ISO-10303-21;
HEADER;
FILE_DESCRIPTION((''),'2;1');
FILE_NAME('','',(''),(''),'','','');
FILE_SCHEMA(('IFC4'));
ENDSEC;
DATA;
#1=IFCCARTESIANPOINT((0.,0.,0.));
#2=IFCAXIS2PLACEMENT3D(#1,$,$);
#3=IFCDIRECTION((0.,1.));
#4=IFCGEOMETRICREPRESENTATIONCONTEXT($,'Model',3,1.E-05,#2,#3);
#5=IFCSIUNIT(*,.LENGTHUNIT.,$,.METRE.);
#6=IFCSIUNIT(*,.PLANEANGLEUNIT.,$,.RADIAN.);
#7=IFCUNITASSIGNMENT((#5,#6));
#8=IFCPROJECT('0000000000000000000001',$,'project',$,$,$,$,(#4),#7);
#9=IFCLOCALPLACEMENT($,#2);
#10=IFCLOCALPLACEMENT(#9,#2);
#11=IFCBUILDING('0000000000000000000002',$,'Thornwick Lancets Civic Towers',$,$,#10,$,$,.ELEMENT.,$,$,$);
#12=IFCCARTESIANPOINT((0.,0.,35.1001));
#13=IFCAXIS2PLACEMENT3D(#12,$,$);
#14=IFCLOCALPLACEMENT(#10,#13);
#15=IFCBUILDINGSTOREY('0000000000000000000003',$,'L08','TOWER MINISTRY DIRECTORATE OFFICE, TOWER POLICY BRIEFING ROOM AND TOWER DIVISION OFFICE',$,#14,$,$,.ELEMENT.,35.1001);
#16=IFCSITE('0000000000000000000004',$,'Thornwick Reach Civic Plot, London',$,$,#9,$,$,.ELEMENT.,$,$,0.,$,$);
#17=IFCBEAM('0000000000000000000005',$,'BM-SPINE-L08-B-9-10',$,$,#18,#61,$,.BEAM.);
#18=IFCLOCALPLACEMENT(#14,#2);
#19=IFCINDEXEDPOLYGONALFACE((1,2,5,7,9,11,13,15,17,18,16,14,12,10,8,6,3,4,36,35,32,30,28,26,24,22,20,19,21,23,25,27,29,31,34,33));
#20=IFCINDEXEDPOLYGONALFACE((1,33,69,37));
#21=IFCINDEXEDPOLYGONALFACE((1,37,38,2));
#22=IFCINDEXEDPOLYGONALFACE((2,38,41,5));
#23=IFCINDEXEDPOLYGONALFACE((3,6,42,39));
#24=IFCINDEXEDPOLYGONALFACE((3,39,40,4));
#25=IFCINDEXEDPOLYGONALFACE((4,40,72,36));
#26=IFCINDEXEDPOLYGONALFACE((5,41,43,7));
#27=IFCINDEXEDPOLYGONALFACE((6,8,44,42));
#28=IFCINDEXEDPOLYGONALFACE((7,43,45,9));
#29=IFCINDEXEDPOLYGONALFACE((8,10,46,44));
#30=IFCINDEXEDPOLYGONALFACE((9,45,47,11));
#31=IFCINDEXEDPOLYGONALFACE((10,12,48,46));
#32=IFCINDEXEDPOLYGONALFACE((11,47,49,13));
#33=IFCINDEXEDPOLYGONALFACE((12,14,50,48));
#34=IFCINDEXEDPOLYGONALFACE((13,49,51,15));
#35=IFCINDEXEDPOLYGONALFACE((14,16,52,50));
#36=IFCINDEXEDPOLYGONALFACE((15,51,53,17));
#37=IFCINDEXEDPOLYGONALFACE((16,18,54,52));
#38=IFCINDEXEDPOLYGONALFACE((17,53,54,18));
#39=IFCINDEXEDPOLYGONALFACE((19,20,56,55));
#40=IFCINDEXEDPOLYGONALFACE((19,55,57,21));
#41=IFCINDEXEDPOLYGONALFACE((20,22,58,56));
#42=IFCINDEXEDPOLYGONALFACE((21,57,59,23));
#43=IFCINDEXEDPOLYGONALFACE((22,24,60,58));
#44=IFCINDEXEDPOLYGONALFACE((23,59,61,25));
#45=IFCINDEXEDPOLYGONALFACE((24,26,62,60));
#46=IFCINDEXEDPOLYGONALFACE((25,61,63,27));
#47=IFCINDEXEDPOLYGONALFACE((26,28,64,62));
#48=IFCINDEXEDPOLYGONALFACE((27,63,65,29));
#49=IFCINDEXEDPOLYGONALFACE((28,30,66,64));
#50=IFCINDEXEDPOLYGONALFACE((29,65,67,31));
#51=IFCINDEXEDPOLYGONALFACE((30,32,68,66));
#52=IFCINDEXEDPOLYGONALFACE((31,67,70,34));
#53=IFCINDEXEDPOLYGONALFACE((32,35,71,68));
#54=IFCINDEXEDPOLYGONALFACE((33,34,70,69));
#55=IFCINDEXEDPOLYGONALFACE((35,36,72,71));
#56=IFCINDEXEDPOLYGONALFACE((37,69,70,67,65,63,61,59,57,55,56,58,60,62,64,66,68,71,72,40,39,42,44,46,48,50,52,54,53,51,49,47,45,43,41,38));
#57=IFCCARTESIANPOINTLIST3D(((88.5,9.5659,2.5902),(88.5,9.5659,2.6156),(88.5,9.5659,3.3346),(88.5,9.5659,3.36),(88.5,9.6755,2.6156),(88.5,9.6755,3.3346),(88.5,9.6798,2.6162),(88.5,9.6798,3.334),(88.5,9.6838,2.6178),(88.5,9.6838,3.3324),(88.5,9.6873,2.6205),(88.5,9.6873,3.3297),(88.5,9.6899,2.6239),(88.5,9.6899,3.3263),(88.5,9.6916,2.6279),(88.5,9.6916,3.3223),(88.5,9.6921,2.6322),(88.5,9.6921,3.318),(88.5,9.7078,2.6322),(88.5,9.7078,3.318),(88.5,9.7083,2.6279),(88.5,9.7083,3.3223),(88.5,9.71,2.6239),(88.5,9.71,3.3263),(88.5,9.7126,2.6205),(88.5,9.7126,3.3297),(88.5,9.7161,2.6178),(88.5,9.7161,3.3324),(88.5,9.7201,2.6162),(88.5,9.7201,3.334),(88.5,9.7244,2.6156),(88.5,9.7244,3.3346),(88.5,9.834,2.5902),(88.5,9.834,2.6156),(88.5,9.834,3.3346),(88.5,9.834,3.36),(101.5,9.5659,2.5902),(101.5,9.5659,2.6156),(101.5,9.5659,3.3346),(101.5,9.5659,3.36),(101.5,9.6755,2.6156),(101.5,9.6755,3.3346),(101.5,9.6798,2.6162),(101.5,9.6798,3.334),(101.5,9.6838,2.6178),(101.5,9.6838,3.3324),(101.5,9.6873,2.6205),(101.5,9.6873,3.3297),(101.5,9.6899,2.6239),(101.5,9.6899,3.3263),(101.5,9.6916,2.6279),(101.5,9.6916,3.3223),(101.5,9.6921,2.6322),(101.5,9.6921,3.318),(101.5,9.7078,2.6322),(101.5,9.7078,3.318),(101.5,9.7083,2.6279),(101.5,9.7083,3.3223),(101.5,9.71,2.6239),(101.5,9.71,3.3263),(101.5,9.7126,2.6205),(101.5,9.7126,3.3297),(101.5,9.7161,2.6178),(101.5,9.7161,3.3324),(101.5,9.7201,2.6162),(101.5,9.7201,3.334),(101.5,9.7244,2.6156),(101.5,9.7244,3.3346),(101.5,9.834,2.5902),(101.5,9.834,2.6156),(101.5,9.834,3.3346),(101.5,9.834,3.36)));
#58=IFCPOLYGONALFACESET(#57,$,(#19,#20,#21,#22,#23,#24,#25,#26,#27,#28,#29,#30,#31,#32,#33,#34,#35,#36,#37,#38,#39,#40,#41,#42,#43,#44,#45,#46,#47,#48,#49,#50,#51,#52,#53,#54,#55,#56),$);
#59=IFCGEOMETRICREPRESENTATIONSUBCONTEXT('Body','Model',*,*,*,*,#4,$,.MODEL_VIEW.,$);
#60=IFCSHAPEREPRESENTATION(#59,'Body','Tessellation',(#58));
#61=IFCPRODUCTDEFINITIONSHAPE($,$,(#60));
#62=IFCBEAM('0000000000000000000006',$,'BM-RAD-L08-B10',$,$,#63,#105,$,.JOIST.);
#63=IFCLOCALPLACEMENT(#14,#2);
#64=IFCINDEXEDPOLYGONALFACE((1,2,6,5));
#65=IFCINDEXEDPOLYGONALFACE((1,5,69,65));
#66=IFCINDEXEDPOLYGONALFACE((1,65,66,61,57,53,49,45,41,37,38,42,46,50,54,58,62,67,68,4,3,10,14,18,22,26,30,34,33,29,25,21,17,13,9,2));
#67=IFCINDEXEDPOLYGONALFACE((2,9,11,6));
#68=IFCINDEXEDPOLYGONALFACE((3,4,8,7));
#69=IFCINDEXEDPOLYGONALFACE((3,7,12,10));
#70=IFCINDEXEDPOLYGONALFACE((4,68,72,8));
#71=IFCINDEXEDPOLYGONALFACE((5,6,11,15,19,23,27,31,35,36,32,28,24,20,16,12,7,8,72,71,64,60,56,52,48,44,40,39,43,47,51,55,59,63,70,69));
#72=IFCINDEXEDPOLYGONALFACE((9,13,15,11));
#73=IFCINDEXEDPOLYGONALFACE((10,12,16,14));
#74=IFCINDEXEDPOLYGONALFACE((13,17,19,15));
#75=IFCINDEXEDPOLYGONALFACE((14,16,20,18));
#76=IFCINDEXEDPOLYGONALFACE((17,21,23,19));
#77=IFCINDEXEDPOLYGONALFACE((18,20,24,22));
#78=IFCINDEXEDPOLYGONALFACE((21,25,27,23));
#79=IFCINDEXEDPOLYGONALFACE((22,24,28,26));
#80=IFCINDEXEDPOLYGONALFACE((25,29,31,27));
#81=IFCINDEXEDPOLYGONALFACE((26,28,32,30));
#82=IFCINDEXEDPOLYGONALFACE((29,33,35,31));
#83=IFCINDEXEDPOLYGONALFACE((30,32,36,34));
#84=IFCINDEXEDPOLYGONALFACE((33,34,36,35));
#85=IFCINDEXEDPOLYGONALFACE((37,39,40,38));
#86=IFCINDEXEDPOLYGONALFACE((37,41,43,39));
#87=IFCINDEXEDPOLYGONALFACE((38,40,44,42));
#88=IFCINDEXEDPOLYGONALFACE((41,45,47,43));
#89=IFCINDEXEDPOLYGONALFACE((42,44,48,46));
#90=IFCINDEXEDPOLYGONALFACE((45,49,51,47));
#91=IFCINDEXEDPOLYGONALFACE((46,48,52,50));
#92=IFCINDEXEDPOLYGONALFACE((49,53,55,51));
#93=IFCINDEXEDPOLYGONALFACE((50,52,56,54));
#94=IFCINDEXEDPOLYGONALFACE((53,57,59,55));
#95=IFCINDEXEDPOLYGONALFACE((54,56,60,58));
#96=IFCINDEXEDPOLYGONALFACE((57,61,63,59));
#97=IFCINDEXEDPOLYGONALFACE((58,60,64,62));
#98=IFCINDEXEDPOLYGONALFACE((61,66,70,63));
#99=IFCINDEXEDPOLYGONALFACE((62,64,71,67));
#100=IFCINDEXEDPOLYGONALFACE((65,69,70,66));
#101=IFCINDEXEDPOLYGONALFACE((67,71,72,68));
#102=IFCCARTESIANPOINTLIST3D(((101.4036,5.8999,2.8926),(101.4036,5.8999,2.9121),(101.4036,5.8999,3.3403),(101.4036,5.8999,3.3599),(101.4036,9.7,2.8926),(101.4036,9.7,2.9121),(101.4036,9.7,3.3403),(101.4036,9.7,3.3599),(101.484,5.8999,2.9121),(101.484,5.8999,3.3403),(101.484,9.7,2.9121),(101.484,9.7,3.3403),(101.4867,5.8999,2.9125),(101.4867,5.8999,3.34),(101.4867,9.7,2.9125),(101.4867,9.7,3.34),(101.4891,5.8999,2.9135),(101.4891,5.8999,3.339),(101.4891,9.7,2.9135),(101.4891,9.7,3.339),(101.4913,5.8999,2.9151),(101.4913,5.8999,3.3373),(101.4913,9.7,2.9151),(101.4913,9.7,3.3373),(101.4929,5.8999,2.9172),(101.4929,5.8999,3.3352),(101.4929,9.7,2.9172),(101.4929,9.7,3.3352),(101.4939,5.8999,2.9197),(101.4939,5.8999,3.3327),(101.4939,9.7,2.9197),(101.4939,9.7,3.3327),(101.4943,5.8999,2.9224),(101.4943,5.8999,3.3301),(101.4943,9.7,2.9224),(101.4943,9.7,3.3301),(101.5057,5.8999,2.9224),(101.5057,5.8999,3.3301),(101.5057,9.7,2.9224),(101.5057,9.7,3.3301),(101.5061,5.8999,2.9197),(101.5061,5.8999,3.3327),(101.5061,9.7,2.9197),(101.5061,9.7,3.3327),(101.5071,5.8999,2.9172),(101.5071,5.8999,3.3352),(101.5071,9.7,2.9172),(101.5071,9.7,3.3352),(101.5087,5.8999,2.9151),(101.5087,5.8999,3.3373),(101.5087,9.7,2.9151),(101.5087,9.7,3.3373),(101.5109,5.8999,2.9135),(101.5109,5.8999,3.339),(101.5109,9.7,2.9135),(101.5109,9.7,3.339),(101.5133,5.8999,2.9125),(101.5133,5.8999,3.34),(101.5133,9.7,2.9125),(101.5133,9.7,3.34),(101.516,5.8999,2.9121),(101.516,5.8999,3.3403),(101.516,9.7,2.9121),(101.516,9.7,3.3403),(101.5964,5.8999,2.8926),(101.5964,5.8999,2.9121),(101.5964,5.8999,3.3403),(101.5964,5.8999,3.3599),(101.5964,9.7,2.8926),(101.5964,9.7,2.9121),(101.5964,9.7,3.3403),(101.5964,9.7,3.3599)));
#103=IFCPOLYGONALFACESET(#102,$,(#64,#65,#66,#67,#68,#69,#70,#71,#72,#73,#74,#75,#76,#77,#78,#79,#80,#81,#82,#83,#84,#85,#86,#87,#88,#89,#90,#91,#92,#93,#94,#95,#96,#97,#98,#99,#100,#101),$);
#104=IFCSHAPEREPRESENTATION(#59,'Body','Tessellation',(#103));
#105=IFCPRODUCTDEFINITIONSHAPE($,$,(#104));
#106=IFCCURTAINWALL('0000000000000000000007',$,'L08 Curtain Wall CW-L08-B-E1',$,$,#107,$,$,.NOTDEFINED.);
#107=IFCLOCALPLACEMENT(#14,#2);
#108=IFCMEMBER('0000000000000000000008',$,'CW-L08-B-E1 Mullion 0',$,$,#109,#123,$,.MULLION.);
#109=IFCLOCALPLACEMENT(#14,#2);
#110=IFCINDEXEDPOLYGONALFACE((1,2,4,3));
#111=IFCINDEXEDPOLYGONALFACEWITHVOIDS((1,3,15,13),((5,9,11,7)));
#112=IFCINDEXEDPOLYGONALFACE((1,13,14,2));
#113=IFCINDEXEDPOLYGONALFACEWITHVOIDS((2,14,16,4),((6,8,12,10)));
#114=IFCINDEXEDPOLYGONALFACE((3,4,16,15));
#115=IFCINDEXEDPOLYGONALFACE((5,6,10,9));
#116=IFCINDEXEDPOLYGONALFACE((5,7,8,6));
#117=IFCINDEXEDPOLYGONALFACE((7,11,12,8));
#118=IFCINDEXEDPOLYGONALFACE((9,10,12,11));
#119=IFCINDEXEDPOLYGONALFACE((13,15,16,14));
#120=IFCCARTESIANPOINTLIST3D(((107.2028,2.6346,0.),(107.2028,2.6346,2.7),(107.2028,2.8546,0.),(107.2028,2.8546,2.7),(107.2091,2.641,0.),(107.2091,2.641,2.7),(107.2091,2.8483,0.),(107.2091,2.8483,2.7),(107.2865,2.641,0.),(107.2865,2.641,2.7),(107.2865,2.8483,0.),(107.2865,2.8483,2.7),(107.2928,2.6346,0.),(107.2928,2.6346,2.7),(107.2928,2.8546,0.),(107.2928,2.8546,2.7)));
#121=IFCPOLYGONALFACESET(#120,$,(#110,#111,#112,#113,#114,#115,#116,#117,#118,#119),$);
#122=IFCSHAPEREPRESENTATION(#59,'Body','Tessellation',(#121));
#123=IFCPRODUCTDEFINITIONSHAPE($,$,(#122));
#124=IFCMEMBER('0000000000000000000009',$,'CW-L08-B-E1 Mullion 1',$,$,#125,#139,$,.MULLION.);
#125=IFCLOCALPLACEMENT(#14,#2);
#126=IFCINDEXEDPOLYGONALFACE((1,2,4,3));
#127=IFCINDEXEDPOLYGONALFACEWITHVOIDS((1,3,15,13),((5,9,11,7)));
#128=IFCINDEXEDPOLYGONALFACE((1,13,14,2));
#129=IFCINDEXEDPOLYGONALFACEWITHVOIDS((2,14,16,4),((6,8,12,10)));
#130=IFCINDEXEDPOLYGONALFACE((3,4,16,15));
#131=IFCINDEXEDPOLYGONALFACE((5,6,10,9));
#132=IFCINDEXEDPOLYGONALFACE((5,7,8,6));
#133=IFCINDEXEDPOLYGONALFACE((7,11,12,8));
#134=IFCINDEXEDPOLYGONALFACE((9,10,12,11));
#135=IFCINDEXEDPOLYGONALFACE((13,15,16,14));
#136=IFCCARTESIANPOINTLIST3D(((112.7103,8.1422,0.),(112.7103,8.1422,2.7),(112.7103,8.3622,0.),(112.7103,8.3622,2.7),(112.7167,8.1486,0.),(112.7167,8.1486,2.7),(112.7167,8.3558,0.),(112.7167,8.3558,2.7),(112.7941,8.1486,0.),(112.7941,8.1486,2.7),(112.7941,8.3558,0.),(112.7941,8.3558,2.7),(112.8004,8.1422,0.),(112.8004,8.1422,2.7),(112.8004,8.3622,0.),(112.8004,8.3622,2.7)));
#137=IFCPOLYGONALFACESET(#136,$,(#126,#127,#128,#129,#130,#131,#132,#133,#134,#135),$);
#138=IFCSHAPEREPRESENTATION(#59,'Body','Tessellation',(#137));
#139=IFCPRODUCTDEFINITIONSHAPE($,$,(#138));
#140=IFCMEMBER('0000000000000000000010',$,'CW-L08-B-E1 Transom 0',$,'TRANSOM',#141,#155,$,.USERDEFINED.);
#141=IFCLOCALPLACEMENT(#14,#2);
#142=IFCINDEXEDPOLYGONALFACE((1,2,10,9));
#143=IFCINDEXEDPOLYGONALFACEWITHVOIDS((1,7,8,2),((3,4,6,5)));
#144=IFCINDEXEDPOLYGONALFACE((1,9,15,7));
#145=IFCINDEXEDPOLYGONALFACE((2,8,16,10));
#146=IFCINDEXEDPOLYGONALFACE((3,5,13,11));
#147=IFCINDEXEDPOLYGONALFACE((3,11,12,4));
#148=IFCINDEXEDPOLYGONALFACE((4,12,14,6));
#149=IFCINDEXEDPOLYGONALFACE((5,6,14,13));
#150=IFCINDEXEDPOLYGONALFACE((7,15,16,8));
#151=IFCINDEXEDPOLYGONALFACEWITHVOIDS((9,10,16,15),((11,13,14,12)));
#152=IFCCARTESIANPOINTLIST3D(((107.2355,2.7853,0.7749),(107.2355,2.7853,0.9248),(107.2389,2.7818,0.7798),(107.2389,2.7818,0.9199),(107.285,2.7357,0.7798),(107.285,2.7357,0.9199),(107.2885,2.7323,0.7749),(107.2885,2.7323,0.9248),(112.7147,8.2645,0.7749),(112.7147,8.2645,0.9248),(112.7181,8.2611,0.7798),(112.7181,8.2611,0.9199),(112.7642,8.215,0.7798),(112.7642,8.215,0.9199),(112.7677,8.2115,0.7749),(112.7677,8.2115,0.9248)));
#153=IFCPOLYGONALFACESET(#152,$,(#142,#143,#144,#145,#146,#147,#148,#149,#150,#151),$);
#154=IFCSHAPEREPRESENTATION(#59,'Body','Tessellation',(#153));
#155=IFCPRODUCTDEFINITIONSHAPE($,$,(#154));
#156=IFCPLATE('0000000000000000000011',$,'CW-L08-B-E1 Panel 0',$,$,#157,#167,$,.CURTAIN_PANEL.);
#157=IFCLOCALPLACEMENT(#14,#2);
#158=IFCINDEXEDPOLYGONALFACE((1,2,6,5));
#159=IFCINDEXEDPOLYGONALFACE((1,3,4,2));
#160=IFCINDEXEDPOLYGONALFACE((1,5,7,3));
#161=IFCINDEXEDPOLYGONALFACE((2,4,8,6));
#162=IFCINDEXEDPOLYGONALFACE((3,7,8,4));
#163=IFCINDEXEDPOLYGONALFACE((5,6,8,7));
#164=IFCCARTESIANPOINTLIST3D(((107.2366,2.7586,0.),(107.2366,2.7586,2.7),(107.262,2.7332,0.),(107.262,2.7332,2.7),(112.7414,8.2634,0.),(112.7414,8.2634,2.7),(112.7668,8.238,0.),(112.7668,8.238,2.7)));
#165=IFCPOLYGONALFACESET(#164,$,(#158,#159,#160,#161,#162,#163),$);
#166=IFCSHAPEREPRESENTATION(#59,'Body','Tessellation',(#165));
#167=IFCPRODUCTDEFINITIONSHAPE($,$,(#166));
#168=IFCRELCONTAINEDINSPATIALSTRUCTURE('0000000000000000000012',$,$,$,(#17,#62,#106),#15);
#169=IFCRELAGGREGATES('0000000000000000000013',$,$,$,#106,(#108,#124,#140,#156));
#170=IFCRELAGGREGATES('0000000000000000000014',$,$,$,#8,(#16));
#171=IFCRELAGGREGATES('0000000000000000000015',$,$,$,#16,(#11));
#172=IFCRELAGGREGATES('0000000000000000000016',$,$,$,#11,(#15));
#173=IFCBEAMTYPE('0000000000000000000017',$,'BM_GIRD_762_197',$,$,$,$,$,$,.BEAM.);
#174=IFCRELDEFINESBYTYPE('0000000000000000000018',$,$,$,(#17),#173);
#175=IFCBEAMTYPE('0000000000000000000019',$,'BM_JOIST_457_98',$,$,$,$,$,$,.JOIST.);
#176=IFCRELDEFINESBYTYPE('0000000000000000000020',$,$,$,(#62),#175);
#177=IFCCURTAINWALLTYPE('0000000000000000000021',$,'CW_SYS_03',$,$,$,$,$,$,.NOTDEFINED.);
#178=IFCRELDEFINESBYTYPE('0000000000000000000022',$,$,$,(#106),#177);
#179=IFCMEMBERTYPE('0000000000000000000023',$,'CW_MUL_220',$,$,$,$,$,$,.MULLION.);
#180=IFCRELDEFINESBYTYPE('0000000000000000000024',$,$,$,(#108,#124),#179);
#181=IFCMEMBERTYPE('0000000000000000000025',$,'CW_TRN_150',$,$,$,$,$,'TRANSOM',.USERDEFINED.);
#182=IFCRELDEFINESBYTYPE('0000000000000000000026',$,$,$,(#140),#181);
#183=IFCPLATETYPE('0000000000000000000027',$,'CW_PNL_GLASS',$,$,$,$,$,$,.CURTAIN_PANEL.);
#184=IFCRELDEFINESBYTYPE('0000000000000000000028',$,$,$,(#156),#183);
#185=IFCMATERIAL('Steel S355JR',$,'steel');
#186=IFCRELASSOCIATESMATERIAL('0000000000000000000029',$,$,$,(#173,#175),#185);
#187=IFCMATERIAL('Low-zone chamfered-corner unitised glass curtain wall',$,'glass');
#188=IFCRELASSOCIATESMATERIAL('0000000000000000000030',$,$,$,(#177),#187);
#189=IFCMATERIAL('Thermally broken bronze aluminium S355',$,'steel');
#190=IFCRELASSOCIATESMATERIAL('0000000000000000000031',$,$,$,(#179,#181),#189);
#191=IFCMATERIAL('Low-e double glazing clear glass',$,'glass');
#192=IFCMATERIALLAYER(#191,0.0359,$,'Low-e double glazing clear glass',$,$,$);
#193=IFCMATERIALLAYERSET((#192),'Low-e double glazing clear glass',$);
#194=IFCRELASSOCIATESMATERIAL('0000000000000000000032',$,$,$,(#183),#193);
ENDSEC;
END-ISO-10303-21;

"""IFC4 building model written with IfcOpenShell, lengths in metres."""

from ifc_helpers import new_model, si_unit, direction, frame, origin, origin_2d, place, context, subcontext, project, spatial, rectangle, hollow_rectangle, i_section, extrude, material, layer, layer_set, material_profile, profile_set, type_object, element, aggregate, save


model = new_model("IFC4")

# Units and contexts
model_context = context("Model", 3, precision=1e-05, world=origin(), true_north=direction((0.0, 1.0)))
body_context = subcontext(model_context, "Body", "Model", "MODEL_VIEW")
ifc_project = project(units=[si_unit("LENGTHUNIT", "METRE"), si_unit("PLANEANGLEUNIT", "RADIAN")], contexts=[model_context])

# Site, building, storey
site_placement = place(None, origin())
site = spatial("IfcSite", under=ifc_project, at=site_placement, Name="Thornwick Reach Civic Plot, London", CompositionType="ELEMENT", RefElevation=0.0)
building_placement = place(site_placement, origin())
building = spatial("IfcBuilding", under=site, at=building_placement, Name="Thornwick Lancets Civic Towers", CompositionType="ELEMENT")
storey_placement = place(building_placement, frame((0.0, 0.0, 35.1001)))
storey = spatial("IfcBuildingStorey", under=building, at=storey_placement, Name="L08", Description="TOWER MINISTRY DIRECTORATE OFFICE, TOWER POLICY BRIEFING ROOM AND TOWER DIVISION OFFICE", CompositionType="ELEMENT", Elevation=35.1001)

# Beams
ifc_material_1 = material(Name="Steel S355JR", Category="steel")
ifc_material_profile_1 = material_profile(ifc_material_1, i_section(OverallWidth=0.2681, OverallDepth=0.7698, WebThickness=0.0156, FlangeThickness=0.0254, FilletRadius=0.0166, at=origin_2d()), Name="UKB 762x267x197")
ifc_profile_set_1 = profile_set([ifc_material_profile_1], Name="Steel S355JR")
beam_type_1 = type_object("IfcBeamType", Name="BM_GIRD_762_197", PredefinedType="BEAM", material=ifc_profile_set_1)
for number, where, z_axis, x_axis, name in (
    (1, (101.5, 9.7, 2.9751), (-1.0, 0.0, 0.0), (0.0, -1.0, 0.0), "BM-SPINE-L08-B-9-10"),
):
    element("IfcBeam", number, at=place(storey_placement, frame(where, z_axis=z_axis, x_axis=x_axis)), inside=storey, type_object=beam_type_1, Name=name, PredefinedType="BEAM", context=body_context, shape_type="SweptSolid", body=[
        extrude(i_section(OverallWidth=0.2681, OverallDepth=0.7698, WebThickness=0.0156, FlangeThickness=0.0254, FilletRadius=0.0166, at=origin_2d()), origin(), (0.0, 0.0, 1.0), 13.0),
    ])
ifc_material_profile_2 = material_profile(ifc_material_1, i_section(OverallWidth=0.1929, OverallDepth=0.4673, WebThickness=0.0115, FlangeThickness=0.0195, FilletRadius=0.0103, at=origin_2d()), Name="UKB 457x191x98")
ifc_profile_set_2 = profile_set([ifc_material_profile_2], Name="Steel S355JR")
beam_type_2 = type_object("IfcBeamType", Name="BM_JOIST_457_98", PredefinedType="JOIST", material=ifc_profile_set_2)
beam_1_placement = place(storey_placement, frame((101.5, 9.7, 3.1262), z_axis=(0.0, -1.0, 0.0), x_axis=(1.0, 0.0, 0.0)))
element("IfcBeam", 2, at=beam_1_placement, inside=storey, type_object=beam_type_2, Name="BM-RAD-L08-B10", PredefinedType="JOIST", context=body_context, shape_type="SweptSolid", body=[
    extrude(i_section(OverallWidth=0.1929, OverallDepth=0.4673, WebThickness=0.0115, FlangeThickness=0.0195, FilletRadius=0.0103, at=origin_2d()), origin(), (0.0, 0.0, 1.0), 3.8),
])

# Curtain wall, members, plate
ifc_material_2 = material(Name="Low-zone chamfered-corner unitised glass curtain wall", Category="glass")
curtain_wall_type = type_object("IfcCurtainWallType", Name="CW_SYS_03", PredefinedType="NOTDEFINED", material=ifc_material_2)
curtain_wall_placement = place(storey_placement, origin())
curtain_wall = element("IfcCurtainWall", 3, at=curtain_wall_placement, inside=storey, type_object=curtain_wall_type, Name="L08 Curtain Wall CW-L08-B-E1", PredefinedType="NOTDEFINED")
ifc_material_3 = material(Name="Thermally broken bronze aluminium S355", Category="steel")
ifc_material_profile_3 = material_profile(ifc_material_3, hollow_rectangle(XDim=0.0901, YDim=0.22, WallThickness=0.0063, at=origin_2d()), Name="RHS 220x90x6.3")
ifc_profile_set_3 = profile_set([ifc_material_profile_3], Name="Thermally broken bronze aluminium S355")
member_type_1 = type_object("IfcMemberType", Name="CW_MUL_220", PredefinedType="MULLION", material=ifc_profile_set_3)
member_1_placement = place(storey_placement, frame((107.2478, 2.7446, 0.0), z_axis=(0.0, 0.0, 1.0), x_axis=(1.0, 0.0, 0.0)))
member_1 = element("IfcMember", 4, at=member_1_placement, type_object=member_type_1, Name="CW-L08-B-E1 Mullion 0", PredefinedType="MULLION", context=body_context, shape_type="SweptSolid", body=[
    extrude(hollow_rectangle(XDim=0.0901, YDim=0.22, WallThickness=0.0063, at=origin_2d()), origin(), (0.0, 0.0, 1.0), 2.7),
])
member_2_placement = place(storey_placement, frame((112.7554, 8.2522, 0.0), z_axis=(0.0, 0.0, 1.0), x_axis=(1.0, 0.0, 0.0)))
member_2 = element("IfcMember", 5, at=member_2_placement, type_object=member_type_1, Name="CW-L08-B-E1 Mullion 1", PredefinedType="MULLION", context=body_context, shape_type="SweptSolid", body=[
    extrude(hollow_rectangle(XDim=0.0901, YDim=0.22, WallThickness=0.0063, at=origin_2d()), origin(), (0.0, 0.0, 1.0), 2.7),
])
ifc_material_profile_4 = material_profile(ifc_material_3, hollow_rectangle(XDim=0.075, YDim=0.1499, WallThickness=0.0049, at=origin_2d()), Name="RHS 150x75x5")
ifc_profile_set_4 = profile_set([ifc_material_profile_4], Name="Thermally broken bronze aluminium S355")
member_type_2 = type_object("IfcMemberType", Name="CW_TRN_150", ElementType="TRANSOM", PredefinedType="USERDEFINED", material=ifc_profile_set_4)
member_3_placement = place(storey_placement, frame((107.262, 2.7588, 0.8499), z_axis=(0.707107, 0.707107, 0.0), x_axis=(-0.707107, 0.707107, 0.0)))
member_3 = element("IfcMember", 6, at=member_3_placement, type_object=member_type_2, Name="CW-L08-B-E1 Transom 0", ObjectType="TRANSOM", PredefinedType="USERDEFINED", context=body_context, shape_type="SweptSolid", body=[
    extrude(hollow_rectangle(XDim=0.075, YDim=0.1499, WallThickness=0.0049, at=origin_2d()), origin(), (0.0, 0.0, 1.0), 7.7488),
])
ifc_material_4 = material(Name="Low-e double glazing clear glass", Category="glass")
ifc_layer_1 = layer(ifc_material_4, 0.0359, Name="Low-e double glazing clear glass")
ifc_layer_set_1 = layer_set([ifc_layer_1], Name="Low-e double glazing clear glass")
plate_type = type_object("IfcPlateType", Name="CW_PNL_GLASS", PredefinedType="CURTAIN_PANEL", material=ifc_layer_set_1)
plate_placement = place(storey_placement, frame((110.0017, 5.4983, 0.0), z_axis=(0.0, 0.0, 1.0), x_axis=(0.707107, 0.707107, 0.0)))
plate = element("IfcPlate", 7, at=plate_placement, type_object=plate_type, Name="CW-L08-B-E1 Panel 0", PredefinedType="CURTAIN_PANEL", context=body_context, shape_type="SweptSolid", body=[
    extrude(rectangle(XDim=7.7849, YDim=0.0359, at=origin_2d()), origin(), (0.0, 0.0, 1.0), 2.7),
])
aggregate(curtain_wall, [member_1, member_2, member_3, plate])

save(model, "model.ifc")
